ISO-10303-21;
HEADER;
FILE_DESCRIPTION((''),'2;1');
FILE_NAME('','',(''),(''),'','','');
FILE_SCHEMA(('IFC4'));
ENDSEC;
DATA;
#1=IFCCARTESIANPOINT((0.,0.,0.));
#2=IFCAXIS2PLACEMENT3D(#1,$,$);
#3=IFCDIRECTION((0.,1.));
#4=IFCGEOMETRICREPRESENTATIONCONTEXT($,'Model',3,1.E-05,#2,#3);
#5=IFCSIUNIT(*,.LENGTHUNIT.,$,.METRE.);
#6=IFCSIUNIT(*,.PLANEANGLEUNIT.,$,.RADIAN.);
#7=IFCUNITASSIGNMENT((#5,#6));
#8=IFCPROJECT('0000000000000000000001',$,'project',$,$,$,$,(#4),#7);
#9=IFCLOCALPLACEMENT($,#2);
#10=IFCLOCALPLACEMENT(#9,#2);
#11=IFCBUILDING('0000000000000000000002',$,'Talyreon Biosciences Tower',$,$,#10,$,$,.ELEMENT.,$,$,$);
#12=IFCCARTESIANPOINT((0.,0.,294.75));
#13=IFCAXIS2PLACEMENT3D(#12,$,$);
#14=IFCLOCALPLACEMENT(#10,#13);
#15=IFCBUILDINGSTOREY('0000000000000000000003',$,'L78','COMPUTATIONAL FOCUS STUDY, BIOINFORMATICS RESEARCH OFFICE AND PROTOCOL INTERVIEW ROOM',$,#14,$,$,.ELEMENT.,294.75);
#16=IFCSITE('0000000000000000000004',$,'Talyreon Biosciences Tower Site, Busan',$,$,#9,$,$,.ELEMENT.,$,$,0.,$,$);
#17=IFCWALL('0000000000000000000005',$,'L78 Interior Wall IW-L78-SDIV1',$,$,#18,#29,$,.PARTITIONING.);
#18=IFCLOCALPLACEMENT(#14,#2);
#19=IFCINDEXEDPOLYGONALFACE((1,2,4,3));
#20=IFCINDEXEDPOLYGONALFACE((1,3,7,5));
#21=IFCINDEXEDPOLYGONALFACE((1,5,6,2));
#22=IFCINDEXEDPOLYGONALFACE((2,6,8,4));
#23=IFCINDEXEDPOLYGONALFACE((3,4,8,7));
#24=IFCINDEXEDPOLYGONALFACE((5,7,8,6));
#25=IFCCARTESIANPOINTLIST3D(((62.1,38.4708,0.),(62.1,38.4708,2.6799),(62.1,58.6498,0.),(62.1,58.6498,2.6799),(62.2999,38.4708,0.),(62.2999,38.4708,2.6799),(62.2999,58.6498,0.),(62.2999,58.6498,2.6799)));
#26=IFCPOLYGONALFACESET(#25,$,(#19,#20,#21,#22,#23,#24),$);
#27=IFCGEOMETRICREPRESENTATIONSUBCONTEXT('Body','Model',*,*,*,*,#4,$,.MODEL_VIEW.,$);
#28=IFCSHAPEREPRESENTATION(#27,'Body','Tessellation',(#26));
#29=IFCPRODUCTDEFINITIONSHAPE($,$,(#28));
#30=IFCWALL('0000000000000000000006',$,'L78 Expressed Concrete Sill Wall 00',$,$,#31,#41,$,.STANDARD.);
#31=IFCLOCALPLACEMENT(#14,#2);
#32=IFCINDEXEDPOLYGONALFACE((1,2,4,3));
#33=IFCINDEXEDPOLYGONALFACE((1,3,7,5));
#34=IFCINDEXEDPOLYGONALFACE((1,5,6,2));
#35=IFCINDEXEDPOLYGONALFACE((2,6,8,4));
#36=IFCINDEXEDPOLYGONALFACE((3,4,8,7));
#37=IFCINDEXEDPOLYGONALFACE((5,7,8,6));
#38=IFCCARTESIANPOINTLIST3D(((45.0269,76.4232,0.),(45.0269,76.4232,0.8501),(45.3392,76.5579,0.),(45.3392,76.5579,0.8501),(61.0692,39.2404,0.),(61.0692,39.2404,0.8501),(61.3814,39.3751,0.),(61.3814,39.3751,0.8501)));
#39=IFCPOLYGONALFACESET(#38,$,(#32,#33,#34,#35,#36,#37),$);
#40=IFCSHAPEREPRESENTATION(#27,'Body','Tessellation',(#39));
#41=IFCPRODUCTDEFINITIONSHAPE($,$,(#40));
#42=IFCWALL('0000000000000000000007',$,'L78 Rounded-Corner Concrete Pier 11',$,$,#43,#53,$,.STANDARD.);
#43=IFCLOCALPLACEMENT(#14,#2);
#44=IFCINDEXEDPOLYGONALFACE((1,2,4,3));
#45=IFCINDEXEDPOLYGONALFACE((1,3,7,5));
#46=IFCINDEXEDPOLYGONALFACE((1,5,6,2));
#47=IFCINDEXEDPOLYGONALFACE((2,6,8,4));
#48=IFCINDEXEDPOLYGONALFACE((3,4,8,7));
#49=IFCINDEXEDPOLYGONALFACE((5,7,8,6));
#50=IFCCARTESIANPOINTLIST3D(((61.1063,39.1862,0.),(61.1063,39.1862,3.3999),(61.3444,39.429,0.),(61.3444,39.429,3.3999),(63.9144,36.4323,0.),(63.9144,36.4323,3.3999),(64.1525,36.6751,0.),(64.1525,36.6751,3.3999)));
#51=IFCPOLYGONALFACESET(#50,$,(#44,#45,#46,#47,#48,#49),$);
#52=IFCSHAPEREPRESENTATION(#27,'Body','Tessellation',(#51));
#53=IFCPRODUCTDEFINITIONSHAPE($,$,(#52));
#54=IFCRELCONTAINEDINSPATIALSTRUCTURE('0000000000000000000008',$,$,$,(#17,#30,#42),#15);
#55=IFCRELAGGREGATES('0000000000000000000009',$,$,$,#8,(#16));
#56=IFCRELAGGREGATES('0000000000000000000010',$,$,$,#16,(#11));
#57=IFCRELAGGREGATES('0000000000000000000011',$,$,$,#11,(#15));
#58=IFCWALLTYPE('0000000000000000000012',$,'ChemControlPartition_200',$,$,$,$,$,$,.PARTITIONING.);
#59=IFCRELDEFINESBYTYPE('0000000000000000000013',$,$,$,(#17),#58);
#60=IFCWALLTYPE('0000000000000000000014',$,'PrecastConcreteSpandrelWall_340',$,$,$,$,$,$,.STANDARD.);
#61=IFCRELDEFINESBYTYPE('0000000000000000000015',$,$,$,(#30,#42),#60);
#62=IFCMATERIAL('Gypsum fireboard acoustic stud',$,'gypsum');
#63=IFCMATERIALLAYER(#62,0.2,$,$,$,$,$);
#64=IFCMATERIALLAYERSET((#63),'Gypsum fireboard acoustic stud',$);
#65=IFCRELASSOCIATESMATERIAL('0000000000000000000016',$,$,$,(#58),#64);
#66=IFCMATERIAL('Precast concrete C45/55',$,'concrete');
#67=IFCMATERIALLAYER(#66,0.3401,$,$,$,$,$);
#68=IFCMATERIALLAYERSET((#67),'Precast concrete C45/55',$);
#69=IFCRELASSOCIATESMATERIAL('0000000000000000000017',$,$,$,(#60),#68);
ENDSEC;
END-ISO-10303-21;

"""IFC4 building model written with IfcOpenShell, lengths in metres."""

from ifc_helpers import new_model, si_unit, direction, frame, frame_2d, origin, place, context, subcontext, project, spatial, rectangle, extrude, material, layer, layer_set, type_object, element, save


model = new_model("IFC4")

# Units and contexts
model_context = context("Model", 3, precision=1e-05, world=origin(), true_north=direction((0.0, 1.0)))
body_context = subcontext(model_context, "Body", "Model", "MODEL_VIEW")
ifc_project = project(units=[si_unit("LENGTHUNIT", "METRE"), si_unit("PLANEANGLEUNIT", "RADIAN")], contexts=[model_context])

# Site, building, storey
site_placement = place(None, origin())
site = spatial("IfcSite", under=ifc_project, at=site_placement, Name="Talyreon Biosciences Tower Site, Busan", CompositionType="ELEMENT", RefElevation=0.0)
building_placement = place(site_placement, origin())
building = spatial("IfcBuilding", under=site, at=building_placement, Name="Talyreon Biosciences Tower", CompositionType="ELEMENT")
storey_placement = place(building_placement, frame((0.0, 0.0, 294.75)))
storey = spatial("IfcBuildingStorey", under=building, at=storey_placement, Name="L78", Description="COMPUTATIONAL FOCUS STUDY, BIOINFORMATICS RESEARCH OFFICE AND PROTOCOL INTERVIEW ROOM", CompositionType="ELEMENT", Elevation=294.75)

# Shared definitions
ifc_material_1 = material(Name="Precast concrete C45/55", Category="concrete")

# Walls
ifc_material_2 = material(Name="Gypsum fireboard acoustic stud", Category="gypsum")
ifc_layer_1 = layer(ifc_material_2, 0.2)
ifc_layer_set_1 = layer_set([ifc_layer_1], Name="Gypsum fireboard acoustic stud")
wall_type_1 = type_object("IfcWallType", Name="ChemControlPartition_200", PredefinedType="PARTITIONING", material=ifc_layer_set_1)
wall_1_placement = place(storey_placement, frame((62.2, 38.4709, 0.0), z_axis=(0.0, 0.0, 1.0), x_axis=(0.0, 1.0, 0.0)))
element("IfcWall", 1, at=wall_1_placement, inside=storey, type_object=wall_type_1, Name="L78 Interior Wall IW-L78-SDIV1", PredefinedType="PARTITIONING", context=body_context, shape_type="SweptSolid", body=[
    extrude(rectangle(XDim=20.179, YDim=0.2, at=frame_2d((10.0894, 0.0))), origin(), (0.0, 0.0, 1.0), 2.6799),
])
ifc_layer_2 = layer(ifc_material_1, 0.3401)
ifc_layer_set_2 = layer_set([ifc_layer_2], Name="Precast concrete C45/55")
wall_type_2 = type_object("IfcWallType", Name="PrecastConcreteSpandrelWall_340", PredefinedType="STANDARD", material=ifc_layer_set_2)
wall_2_placement = place(storey_placement, frame((61.2253, 39.3076, 0.0), z_axis=(0.0, 0.0, 1.0), x_axis=(-0.396145, 0.918188, 0.0)))
element("IfcWall", 2, at=wall_2_placement, inside=storey, type_object=wall_type_2, Name="L78 Expressed Concrete Sill Wall 00", PredefinedType="STANDARD", context=body_context, shape_type="SweptSolid", body=[
    extrude(rectangle(XDim=40.4958, YDim=0.3401, at=frame_2d((20.248, 0.0))), origin(), (0.0, 0.0, 1.0), 0.8501),
])
wall_3_placement = place(storey_placement, frame((64.0334, 36.5537, 0.0), z_axis=(0.0, 0.0, 1.0), x_axis=(-0.713963, 0.700183, 0.0)))
element("IfcWall", 3, at=wall_3_placement, inside=storey, type_object=wall_type_2, Name="L78 Rounded-Corner Concrete Pier 11", PredefinedType="STANDARD", context=body_context, shape_type="SweptSolid", body=[
    extrude(rectangle(XDim=3.9331, YDim=0.3401, at=frame_2d((1.9666, 0.0))), origin(), (0.0, 0.0, 1.0), 3.3999),
])

save(model, "model.ifc")
